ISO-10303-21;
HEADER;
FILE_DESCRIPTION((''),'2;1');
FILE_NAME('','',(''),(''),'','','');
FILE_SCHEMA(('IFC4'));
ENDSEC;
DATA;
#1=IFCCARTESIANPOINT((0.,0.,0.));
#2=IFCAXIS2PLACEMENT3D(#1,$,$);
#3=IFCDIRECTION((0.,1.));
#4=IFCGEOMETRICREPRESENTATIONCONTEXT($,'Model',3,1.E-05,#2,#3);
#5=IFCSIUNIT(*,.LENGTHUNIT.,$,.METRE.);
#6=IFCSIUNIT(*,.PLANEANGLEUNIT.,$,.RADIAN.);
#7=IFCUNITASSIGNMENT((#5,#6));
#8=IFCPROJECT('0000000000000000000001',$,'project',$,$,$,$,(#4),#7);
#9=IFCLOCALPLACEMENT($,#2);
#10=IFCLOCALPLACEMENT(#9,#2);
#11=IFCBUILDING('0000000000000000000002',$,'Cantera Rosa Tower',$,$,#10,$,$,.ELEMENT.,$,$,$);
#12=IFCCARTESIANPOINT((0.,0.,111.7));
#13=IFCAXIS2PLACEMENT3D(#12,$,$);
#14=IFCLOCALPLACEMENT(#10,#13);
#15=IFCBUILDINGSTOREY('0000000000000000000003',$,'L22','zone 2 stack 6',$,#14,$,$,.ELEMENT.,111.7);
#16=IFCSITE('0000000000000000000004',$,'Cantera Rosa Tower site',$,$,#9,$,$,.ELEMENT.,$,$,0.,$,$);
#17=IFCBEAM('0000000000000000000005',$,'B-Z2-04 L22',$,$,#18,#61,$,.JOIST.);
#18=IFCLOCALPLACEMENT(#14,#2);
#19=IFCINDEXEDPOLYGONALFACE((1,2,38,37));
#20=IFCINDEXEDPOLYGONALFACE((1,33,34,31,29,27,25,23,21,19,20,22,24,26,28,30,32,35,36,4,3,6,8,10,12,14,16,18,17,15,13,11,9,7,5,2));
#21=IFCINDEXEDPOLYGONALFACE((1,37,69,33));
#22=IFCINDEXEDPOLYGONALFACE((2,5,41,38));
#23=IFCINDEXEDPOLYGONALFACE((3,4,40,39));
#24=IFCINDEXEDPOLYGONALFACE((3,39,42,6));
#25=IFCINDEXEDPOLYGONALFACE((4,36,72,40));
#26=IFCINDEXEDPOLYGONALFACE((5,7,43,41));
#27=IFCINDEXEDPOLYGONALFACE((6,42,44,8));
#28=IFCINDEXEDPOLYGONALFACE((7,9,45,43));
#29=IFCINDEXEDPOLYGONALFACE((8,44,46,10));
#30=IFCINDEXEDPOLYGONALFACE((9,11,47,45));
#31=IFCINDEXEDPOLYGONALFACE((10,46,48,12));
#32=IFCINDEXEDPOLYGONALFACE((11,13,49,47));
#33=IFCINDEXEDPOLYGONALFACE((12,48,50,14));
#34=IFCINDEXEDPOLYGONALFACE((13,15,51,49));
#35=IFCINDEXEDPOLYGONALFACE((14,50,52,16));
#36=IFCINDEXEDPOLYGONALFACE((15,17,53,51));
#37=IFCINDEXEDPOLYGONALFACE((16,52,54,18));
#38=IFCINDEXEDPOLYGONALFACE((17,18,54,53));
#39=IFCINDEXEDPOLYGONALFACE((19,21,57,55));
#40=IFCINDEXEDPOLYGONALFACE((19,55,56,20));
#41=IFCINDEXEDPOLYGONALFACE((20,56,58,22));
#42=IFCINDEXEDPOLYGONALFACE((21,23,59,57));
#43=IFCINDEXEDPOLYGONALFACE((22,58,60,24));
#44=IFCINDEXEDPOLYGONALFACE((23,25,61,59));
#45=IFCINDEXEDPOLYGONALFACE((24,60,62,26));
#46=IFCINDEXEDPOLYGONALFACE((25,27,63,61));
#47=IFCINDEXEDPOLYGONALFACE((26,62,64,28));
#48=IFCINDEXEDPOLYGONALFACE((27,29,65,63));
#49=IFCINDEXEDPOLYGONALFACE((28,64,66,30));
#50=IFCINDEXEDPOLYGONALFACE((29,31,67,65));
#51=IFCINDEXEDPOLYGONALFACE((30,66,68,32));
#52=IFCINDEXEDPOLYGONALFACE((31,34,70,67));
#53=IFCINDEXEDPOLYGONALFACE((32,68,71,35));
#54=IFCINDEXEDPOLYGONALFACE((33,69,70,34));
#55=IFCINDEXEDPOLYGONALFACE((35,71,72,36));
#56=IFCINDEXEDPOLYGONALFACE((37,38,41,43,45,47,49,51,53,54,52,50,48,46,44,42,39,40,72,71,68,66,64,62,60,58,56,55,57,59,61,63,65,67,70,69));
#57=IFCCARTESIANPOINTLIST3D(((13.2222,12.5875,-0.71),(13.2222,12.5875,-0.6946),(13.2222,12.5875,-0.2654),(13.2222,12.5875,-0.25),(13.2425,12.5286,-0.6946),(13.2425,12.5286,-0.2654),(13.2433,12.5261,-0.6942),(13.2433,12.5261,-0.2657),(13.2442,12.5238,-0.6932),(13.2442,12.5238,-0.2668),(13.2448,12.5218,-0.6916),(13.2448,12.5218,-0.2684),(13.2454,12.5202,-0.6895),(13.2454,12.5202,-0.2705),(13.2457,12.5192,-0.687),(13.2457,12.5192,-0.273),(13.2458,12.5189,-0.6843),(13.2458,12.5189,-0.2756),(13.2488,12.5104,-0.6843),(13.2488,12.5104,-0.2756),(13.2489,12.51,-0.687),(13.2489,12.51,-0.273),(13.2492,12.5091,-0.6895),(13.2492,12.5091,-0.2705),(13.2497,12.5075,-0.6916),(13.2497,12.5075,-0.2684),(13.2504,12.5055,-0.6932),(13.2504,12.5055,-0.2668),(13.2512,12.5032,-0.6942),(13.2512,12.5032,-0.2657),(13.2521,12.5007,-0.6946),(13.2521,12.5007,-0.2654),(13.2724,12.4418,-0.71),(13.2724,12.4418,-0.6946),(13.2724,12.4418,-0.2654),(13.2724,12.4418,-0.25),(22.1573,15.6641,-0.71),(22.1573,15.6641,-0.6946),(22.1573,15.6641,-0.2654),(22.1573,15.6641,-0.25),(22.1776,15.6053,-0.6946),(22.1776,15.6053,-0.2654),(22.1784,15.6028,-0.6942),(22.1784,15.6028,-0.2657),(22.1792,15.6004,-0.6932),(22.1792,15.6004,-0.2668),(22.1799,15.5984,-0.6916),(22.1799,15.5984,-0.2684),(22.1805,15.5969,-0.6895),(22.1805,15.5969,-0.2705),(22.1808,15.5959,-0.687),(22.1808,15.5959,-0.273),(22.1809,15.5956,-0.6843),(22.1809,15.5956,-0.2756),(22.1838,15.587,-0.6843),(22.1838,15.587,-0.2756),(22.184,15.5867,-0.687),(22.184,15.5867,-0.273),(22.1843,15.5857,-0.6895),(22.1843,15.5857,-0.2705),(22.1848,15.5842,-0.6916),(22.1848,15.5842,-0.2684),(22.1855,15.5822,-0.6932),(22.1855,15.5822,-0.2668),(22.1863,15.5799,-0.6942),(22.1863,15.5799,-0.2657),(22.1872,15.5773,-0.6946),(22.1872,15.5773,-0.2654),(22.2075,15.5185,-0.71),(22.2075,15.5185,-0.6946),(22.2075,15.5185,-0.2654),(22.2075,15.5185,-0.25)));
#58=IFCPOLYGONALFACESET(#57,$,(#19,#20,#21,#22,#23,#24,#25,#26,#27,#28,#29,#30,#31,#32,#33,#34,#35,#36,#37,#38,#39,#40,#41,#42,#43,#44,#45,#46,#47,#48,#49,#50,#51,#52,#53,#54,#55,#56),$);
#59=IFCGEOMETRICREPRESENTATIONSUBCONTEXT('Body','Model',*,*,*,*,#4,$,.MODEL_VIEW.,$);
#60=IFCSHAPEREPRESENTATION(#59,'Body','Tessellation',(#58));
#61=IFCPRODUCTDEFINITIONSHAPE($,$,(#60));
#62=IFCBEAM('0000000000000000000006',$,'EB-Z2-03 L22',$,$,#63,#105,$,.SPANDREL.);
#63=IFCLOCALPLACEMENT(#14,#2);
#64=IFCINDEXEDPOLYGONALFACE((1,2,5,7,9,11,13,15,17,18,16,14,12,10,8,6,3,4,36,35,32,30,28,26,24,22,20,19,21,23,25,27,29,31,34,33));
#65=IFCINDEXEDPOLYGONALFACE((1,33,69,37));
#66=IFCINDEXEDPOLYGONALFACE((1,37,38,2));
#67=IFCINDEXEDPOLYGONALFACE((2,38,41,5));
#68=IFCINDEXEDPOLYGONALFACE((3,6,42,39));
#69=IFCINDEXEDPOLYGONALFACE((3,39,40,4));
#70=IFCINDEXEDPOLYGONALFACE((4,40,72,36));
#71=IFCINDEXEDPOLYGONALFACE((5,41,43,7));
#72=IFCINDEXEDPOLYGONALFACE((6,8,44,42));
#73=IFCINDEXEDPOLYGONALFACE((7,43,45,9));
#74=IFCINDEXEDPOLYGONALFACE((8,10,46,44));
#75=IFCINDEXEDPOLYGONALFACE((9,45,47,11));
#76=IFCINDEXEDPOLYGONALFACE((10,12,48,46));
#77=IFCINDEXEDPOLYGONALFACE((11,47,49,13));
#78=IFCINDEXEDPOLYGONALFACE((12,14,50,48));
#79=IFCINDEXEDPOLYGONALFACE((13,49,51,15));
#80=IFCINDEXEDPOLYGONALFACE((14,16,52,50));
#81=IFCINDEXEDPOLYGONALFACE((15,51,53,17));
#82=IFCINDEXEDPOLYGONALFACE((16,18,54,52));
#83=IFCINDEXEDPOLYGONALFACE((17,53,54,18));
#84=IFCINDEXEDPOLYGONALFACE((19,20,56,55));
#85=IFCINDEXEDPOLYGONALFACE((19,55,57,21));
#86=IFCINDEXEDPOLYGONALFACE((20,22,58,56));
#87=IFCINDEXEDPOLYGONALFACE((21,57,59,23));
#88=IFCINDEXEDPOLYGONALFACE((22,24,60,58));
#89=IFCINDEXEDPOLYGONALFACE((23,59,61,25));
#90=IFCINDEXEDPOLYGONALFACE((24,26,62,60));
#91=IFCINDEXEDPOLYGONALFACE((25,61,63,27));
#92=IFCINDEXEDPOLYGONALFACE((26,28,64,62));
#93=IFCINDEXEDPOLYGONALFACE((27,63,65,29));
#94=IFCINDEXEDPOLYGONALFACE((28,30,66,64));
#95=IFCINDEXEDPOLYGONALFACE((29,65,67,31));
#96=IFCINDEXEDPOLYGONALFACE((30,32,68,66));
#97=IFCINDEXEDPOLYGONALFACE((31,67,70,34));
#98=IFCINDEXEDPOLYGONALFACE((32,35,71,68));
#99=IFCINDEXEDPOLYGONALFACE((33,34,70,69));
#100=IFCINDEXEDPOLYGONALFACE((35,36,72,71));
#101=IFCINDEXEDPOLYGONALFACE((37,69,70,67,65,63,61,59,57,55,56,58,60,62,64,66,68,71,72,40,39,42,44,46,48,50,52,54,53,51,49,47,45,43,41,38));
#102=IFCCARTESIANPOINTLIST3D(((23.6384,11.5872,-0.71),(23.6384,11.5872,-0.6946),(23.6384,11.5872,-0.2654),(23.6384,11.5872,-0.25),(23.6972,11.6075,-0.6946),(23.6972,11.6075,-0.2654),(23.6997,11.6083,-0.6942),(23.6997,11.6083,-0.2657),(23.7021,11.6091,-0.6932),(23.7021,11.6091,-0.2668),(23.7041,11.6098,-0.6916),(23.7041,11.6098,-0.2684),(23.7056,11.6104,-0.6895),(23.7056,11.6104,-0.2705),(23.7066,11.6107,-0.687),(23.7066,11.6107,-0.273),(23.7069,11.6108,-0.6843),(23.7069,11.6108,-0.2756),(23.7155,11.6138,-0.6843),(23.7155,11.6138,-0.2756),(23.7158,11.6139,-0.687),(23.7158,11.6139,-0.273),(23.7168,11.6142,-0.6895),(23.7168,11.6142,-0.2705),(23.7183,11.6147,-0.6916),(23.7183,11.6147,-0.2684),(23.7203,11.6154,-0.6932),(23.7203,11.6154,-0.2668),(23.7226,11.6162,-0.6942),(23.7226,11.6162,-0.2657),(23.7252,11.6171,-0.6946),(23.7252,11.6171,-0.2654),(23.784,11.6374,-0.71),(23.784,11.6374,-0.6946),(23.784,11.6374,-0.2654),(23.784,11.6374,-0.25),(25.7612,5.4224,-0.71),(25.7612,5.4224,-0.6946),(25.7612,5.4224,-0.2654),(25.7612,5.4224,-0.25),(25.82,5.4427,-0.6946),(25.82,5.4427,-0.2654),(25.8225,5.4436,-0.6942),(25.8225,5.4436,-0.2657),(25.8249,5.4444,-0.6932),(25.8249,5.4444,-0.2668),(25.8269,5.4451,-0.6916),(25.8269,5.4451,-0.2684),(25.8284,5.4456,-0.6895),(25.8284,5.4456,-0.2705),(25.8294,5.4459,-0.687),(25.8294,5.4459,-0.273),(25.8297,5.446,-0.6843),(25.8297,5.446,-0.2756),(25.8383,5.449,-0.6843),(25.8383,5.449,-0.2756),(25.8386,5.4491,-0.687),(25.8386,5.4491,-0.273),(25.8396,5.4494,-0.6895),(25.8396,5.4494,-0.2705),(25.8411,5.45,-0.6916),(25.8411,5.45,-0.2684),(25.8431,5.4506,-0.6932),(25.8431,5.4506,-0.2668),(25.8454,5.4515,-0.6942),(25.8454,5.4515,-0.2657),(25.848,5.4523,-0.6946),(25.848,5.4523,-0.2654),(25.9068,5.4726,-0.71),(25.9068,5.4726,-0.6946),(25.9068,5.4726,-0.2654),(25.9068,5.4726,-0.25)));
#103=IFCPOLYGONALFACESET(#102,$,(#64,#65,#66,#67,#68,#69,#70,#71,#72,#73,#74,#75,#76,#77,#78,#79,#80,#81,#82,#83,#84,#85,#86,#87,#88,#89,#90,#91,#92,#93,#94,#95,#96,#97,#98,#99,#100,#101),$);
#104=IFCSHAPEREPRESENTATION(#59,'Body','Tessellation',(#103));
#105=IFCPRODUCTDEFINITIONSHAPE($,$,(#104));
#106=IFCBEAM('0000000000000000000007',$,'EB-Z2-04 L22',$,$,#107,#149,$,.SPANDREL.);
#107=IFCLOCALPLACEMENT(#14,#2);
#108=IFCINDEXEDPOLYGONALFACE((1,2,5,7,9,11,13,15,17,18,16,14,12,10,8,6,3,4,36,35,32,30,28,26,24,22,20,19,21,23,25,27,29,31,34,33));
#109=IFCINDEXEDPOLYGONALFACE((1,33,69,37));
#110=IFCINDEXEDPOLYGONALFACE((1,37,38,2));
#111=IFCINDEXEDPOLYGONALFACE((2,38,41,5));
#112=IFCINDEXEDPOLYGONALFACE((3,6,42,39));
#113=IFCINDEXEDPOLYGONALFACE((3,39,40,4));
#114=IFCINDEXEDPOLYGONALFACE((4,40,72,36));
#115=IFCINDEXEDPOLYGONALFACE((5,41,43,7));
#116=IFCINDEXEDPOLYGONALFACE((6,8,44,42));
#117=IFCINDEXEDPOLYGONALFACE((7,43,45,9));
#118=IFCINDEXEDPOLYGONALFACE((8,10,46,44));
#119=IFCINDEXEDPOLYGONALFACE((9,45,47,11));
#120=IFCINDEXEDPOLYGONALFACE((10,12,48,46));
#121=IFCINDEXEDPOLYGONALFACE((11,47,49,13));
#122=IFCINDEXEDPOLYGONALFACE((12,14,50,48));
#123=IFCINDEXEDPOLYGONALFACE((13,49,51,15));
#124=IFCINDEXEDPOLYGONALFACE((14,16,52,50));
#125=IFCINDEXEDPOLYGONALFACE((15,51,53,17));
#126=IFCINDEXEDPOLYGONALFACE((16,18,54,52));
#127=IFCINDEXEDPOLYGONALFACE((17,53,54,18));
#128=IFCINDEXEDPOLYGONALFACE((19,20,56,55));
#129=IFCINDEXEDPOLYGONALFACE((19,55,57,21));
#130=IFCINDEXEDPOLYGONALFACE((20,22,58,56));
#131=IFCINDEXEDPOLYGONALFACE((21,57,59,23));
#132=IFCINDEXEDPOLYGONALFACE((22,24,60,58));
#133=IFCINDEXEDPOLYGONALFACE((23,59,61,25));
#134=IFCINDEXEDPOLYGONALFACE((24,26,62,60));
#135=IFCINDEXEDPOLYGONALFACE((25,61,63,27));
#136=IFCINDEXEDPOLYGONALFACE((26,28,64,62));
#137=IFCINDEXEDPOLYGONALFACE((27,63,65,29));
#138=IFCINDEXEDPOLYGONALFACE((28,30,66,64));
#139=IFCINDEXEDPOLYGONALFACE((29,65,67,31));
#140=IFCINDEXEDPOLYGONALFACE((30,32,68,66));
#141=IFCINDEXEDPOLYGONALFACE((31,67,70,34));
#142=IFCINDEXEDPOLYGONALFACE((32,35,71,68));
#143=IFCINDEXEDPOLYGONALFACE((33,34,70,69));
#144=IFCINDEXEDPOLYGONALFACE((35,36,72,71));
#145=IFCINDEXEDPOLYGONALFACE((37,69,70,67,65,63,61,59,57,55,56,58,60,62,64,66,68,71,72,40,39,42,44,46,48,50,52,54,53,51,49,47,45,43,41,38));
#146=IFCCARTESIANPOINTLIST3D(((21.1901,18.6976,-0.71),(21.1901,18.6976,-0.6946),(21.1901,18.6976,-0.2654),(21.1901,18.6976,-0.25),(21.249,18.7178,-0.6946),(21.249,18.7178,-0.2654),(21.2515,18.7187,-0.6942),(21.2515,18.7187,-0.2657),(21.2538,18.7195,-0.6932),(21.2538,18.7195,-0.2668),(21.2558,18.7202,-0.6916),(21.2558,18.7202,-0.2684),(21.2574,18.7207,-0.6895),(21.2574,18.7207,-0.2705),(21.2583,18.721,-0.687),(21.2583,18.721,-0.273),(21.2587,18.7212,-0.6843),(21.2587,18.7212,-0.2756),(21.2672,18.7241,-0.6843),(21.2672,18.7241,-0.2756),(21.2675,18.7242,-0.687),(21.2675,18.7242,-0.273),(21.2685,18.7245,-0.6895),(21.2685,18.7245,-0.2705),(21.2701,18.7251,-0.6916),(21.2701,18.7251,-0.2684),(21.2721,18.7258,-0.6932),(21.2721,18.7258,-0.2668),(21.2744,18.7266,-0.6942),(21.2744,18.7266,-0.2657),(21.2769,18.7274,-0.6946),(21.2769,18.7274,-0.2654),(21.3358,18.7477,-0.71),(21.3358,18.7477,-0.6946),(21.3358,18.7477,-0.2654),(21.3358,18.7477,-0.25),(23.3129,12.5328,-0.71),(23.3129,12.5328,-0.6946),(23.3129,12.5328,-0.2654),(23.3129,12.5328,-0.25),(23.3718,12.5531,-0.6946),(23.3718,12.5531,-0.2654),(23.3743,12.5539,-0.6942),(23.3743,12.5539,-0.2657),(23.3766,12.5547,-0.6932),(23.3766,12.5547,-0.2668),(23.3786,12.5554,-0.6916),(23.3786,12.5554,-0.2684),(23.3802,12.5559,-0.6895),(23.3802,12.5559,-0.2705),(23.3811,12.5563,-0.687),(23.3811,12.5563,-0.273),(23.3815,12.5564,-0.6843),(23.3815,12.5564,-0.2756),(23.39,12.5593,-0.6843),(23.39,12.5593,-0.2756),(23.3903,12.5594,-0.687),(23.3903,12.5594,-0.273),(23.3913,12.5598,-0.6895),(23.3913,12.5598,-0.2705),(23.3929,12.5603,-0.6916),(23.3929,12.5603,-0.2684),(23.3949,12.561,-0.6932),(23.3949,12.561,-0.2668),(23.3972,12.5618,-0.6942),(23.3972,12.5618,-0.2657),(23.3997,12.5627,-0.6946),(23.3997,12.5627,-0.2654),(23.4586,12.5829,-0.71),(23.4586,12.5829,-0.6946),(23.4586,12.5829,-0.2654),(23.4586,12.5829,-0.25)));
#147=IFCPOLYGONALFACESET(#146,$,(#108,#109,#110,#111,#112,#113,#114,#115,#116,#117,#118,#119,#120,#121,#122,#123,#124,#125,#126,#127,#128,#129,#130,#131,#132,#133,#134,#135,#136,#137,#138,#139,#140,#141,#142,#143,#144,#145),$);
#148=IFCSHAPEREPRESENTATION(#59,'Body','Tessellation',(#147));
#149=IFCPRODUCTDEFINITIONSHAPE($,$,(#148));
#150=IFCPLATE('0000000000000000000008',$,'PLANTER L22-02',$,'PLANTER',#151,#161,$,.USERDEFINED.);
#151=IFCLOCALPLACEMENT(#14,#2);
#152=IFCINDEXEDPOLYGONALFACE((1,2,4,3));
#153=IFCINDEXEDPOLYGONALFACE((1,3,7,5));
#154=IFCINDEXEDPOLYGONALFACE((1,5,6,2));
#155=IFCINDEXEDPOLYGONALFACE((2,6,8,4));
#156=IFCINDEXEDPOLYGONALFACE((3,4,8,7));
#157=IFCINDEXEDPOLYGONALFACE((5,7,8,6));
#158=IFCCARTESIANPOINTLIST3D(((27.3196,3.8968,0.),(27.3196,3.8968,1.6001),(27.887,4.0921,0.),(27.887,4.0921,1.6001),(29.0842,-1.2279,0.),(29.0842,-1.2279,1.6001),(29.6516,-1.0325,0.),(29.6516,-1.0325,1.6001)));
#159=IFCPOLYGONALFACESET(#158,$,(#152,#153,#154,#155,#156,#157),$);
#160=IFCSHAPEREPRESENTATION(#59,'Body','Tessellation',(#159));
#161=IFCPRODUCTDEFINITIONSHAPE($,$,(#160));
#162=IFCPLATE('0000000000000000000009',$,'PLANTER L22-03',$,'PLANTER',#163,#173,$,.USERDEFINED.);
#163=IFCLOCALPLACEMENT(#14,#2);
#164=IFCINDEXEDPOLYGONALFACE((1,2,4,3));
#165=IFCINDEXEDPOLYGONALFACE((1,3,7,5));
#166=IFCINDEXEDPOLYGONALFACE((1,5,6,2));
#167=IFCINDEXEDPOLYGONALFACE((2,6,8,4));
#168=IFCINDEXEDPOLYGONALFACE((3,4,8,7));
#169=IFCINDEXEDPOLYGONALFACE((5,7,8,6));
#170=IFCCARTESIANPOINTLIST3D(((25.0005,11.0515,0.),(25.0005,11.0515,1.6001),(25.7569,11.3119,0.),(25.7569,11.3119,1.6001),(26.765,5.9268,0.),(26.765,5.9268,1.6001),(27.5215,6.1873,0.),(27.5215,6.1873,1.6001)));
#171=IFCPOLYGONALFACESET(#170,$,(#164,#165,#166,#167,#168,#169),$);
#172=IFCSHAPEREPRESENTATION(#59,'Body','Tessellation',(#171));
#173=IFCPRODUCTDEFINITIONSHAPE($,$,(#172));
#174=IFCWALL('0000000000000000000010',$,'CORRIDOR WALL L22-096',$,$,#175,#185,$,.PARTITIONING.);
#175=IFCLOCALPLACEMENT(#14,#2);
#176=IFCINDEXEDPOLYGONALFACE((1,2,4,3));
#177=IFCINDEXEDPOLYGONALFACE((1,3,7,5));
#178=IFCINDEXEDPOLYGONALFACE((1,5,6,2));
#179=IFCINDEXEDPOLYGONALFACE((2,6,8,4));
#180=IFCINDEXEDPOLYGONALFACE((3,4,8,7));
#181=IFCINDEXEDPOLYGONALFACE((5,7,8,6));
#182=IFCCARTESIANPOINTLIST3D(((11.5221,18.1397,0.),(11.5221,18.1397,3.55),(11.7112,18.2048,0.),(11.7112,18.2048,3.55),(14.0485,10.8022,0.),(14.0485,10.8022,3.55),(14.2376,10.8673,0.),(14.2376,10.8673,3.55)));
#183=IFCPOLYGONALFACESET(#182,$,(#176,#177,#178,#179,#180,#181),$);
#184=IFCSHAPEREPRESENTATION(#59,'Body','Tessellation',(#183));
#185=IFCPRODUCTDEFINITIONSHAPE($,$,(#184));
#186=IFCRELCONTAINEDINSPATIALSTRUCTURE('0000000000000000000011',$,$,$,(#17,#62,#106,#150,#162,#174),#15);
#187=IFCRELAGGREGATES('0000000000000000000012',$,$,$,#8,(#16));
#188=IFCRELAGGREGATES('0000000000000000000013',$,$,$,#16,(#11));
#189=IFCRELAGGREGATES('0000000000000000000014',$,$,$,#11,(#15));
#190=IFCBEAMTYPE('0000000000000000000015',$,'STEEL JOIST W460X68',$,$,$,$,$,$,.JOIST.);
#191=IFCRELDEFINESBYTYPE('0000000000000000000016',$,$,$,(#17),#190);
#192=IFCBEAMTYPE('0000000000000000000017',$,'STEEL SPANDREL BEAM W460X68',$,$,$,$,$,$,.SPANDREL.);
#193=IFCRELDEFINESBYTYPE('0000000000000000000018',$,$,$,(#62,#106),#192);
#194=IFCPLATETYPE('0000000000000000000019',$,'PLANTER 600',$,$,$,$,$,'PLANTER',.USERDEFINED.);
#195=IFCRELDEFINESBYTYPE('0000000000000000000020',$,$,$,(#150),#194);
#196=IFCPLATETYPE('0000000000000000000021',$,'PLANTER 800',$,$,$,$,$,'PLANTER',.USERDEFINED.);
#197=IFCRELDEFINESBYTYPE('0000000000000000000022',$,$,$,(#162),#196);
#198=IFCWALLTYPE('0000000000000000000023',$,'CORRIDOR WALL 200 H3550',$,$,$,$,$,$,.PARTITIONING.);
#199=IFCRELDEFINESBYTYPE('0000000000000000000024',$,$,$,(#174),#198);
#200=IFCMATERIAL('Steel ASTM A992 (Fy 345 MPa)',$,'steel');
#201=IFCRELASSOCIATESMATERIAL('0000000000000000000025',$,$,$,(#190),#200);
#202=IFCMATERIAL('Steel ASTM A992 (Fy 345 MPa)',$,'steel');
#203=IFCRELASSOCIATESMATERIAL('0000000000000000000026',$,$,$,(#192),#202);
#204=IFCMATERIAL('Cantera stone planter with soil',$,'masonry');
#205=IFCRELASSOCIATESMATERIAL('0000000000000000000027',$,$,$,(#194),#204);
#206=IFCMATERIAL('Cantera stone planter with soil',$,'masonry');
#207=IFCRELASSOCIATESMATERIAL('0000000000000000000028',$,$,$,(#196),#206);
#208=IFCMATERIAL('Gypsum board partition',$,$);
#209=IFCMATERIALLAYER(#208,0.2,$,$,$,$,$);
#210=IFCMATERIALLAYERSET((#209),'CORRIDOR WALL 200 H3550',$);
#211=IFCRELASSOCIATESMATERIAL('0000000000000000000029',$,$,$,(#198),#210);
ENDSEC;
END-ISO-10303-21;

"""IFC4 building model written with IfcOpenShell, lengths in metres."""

from ifc_helpers import new_model, si_unit, direction, frame, frame_2d, origin, origin_2d, place, context, subcontext, project, spatial, rectangle, i_section, extrude, material, layer, layer_set, material_profile, profile_set, type_object, element, save


model = new_model("IFC4")

# Units and contexts
model_context = context("Model", 3, precision=1e-05, world=origin(), true_north=direction((0.0, 1.0)))
body_context = subcontext(model_context, "Body", "Model", "MODEL_VIEW")
ifc_project = project(units=[si_unit("LENGTHUNIT", "METRE"), si_unit("PLANEANGLEUNIT", "RADIAN")], contexts=[model_context])

# Site, building, storey
site_placement = place(None, origin())
site = spatial("IfcSite", under=ifc_project, at=site_placement, Name="Cantera Rosa Tower site", CompositionType="ELEMENT", RefElevation=0.0)
building_placement = place(site_placement, origin())
building = spatial("IfcBuilding", under=site, at=building_placement, Name="Cantera Rosa Tower", CompositionType="ELEMENT")
storey_placement = place(building_placement, frame((0.0, 0.0, 111.7)))
storey = spatial("IfcBuildingStorey", under=building, at=storey_placement, Name="L22", Description="zone 2 stack 6", CompositionType="ELEMENT", Elevation=111.7)

# Beams
ifc_material_1 = material(Name="Steel ASTM A992 (Fy 345 MPa)", Category="steel")
ifc_material_profile_1 = material_profile(ifc_material_1, i_section(OverallWidth=0.1541, OverallDepth=0.46, WebThickness=0.009, FlangeThickness=0.0154, FilletRadius=0.0103, at=origin_2d()), Name="W460X68")
ifc_profile_set_1 = profile_set([ifc_material_profile_1], Name="Steel ASTM A992 (Fy 345 MPa)")
beam_type_1 = type_object("IfcBeamType", Name="STEEL JOIST W460X68", PredefinedType="JOIST", material=ifc_profile_set_1)
beam_1_placement = place(storey_placement, frame((22.1824, 15.5913, -0.48), z_axis=(-0.945516, -0.325575, 0.0), x_axis=(0.325575, -0.945516, 0.0)))
element("IfcBeam", 1, at=beam_1_placement, inside=storey, type_object=beam_type_1, Name="B-Z2-04 L22", PredefinedType="JOIST", context=body_context, shape_type="SweptSolid", body=[
    extrude(i_section(OverallWidth=0.1541, OverallDepth=0.46, WebThickness=0.009, FlangeThickness=0.0154, FilletRadius=0.0103, at=origin_2d()), origin(), (0.0, 0.0, 1.0), 9.45),
])
ifc_material_2 = material(Name="Steel ASTM A992 (Fy 345 MPa)", Category="steel")
ifc_material_profile_2 = material_profile(ifc_material_2, i_section(OverallWidth=0.1541, OverallDepth=0.46, WebThickness=0.009, FlangeThickness=0.0154, FilletRadius=0.0103, at=origin_2d()), Name="W460X68")
ifc_profile_set_2 = profile_set([ifc_material_profile_2], Name="Steel ASTM A992 (Fy 345 MPa)")
beam_type_2 = type_object("IfcBeamType", Name="STEEL SPANDREL BEAM W460X68", PredefinedType="SPANDREL", material=ifc_profile_set_2)
for number, where, z_axis, x_axis, name in (
    (2, (25.834, 5.4475, -0.48), (-0.325581, 0.945514, 0.0), (-0.945514, -0.325581, 0.0), "EB-Z2-03 L22"),
    (3, (23.3857, 12.5579, -0.48), (-0.325581, 0.945514, 0.0), (-0.945514, -0.325581, 0.0), "EB-Z2-04 L22"),
):
    element("IfcBeam", number, at=place(storey_placement, frame(where, z_axis=z_axis, x_axis=x_axis)), inside=storey, type_object=beam_type_2, Name=name, PredefinedType="SPANDREL", context=body_context, shape_type="SweptSolid", body=[
        extrude(i_section(OverallWidth=0.1541, OverallDepth=0.46, WebThickness=0.009, FlangeThickness=0.0154, FilletRadius=0.0103, at=origin_2d()), origin(), (0.0, 0.0, 1.0), 6.52),
    ])

# Plates
ifc_material_3 = material(Name="Cantera stone planter with soil", Category="masonry")
plate_type_1 = type_object("IfcPlateType", Name="PLANTER 600", ElementType="PLANTER", PredefinedType="USERDEFINED", material=ifc_material_3)
plate_1_placement = place(storey_placement, frame((28.4856, 1.4321, 0.0), z_axis=(0.0, 0.0, 1.0), x_axis=(-0.325568, 0.945519, 0.0)))
element("IfcPlate", 4, at=plate_1_placement, inside=storey, type_object=plate_type_1, Name="PLANTER L22-02", ObjectType="PLANTER", PredefinedType="USERDEFINED", context=body_context, shape_type="SweptSolid", body=[
    extrude(rectangle(XDim=5.4199, YDim=0.6001, at=origin_2d()), origin(), (0.0, 0.0, 1.0), 1.6001),
])
ifc_material_4 = material(Name="Cantera stone planter with soil", Category="masonry")
plate_type_2 = type_object("IfcPlateType", Name="PLANTER 800", ElementType="PLANTER", PredefinedType="USERDEFINED", material=ifc_material_4)
plate_2_placement = place(storey_placement, frame((26.261, 8.6194, 0.0), z_axis=(0.0, 0.0, 1.0), x_axis=(-0.325568, 0.945519, 0.0)))
element("IfcPlate", 5, at=plate_2_placement, inside=storey, type_object=plate_type_2, Name="PLANTER L22-03", ObjectType="PLANTER", PredefinedType="USERDEFINED", context=body_context, shape_type="SweptSolid", body=[
    extrude(rectangle(XDim=5.4199, YDim=0.8, at=origin_2d()), origin(), (0.0, 0.0, 1.0), 1.6001),
])

# Wall
ifc_material_5 = material(Name="Gypsum board partition")
ifc_layer_1 = layer(ifc_material_5, 0.2)
ifc_layer_set_1 = layer_set([ifc_layer_1], Name="CORRIDOR WALL 200 H3550")
wall_type_1 = type_object("IfcWallType", Name="CORRIDOR WALL 200 H3550", PredefinedType="PARTITIONING", material=ifc_layer_set_1)
wall_1_placement = place(storey_placement, frame((14.1431, 10.8347, 0.0), z_axis=(0.0, 0.0, 1.0), x_axis=(-0.325556, 0.945523, 0.0)))
element("IfcWall", 6, at=wall_1_placement, inside=storey, type_object=wall_type_1, Name="CORRIDOR WALL L22-096", PredefinedType="PARTITIONING", context=body_context, shape_type="SweptSolid", body=[
    extrude(rectangle(XDim=7.7603, YDim=0.2, at=frame_2d((3.8801, 0.0))), origin(), (0.0, 0.0, 1.0), 3.55),
])

save(model, "model.ifc")
